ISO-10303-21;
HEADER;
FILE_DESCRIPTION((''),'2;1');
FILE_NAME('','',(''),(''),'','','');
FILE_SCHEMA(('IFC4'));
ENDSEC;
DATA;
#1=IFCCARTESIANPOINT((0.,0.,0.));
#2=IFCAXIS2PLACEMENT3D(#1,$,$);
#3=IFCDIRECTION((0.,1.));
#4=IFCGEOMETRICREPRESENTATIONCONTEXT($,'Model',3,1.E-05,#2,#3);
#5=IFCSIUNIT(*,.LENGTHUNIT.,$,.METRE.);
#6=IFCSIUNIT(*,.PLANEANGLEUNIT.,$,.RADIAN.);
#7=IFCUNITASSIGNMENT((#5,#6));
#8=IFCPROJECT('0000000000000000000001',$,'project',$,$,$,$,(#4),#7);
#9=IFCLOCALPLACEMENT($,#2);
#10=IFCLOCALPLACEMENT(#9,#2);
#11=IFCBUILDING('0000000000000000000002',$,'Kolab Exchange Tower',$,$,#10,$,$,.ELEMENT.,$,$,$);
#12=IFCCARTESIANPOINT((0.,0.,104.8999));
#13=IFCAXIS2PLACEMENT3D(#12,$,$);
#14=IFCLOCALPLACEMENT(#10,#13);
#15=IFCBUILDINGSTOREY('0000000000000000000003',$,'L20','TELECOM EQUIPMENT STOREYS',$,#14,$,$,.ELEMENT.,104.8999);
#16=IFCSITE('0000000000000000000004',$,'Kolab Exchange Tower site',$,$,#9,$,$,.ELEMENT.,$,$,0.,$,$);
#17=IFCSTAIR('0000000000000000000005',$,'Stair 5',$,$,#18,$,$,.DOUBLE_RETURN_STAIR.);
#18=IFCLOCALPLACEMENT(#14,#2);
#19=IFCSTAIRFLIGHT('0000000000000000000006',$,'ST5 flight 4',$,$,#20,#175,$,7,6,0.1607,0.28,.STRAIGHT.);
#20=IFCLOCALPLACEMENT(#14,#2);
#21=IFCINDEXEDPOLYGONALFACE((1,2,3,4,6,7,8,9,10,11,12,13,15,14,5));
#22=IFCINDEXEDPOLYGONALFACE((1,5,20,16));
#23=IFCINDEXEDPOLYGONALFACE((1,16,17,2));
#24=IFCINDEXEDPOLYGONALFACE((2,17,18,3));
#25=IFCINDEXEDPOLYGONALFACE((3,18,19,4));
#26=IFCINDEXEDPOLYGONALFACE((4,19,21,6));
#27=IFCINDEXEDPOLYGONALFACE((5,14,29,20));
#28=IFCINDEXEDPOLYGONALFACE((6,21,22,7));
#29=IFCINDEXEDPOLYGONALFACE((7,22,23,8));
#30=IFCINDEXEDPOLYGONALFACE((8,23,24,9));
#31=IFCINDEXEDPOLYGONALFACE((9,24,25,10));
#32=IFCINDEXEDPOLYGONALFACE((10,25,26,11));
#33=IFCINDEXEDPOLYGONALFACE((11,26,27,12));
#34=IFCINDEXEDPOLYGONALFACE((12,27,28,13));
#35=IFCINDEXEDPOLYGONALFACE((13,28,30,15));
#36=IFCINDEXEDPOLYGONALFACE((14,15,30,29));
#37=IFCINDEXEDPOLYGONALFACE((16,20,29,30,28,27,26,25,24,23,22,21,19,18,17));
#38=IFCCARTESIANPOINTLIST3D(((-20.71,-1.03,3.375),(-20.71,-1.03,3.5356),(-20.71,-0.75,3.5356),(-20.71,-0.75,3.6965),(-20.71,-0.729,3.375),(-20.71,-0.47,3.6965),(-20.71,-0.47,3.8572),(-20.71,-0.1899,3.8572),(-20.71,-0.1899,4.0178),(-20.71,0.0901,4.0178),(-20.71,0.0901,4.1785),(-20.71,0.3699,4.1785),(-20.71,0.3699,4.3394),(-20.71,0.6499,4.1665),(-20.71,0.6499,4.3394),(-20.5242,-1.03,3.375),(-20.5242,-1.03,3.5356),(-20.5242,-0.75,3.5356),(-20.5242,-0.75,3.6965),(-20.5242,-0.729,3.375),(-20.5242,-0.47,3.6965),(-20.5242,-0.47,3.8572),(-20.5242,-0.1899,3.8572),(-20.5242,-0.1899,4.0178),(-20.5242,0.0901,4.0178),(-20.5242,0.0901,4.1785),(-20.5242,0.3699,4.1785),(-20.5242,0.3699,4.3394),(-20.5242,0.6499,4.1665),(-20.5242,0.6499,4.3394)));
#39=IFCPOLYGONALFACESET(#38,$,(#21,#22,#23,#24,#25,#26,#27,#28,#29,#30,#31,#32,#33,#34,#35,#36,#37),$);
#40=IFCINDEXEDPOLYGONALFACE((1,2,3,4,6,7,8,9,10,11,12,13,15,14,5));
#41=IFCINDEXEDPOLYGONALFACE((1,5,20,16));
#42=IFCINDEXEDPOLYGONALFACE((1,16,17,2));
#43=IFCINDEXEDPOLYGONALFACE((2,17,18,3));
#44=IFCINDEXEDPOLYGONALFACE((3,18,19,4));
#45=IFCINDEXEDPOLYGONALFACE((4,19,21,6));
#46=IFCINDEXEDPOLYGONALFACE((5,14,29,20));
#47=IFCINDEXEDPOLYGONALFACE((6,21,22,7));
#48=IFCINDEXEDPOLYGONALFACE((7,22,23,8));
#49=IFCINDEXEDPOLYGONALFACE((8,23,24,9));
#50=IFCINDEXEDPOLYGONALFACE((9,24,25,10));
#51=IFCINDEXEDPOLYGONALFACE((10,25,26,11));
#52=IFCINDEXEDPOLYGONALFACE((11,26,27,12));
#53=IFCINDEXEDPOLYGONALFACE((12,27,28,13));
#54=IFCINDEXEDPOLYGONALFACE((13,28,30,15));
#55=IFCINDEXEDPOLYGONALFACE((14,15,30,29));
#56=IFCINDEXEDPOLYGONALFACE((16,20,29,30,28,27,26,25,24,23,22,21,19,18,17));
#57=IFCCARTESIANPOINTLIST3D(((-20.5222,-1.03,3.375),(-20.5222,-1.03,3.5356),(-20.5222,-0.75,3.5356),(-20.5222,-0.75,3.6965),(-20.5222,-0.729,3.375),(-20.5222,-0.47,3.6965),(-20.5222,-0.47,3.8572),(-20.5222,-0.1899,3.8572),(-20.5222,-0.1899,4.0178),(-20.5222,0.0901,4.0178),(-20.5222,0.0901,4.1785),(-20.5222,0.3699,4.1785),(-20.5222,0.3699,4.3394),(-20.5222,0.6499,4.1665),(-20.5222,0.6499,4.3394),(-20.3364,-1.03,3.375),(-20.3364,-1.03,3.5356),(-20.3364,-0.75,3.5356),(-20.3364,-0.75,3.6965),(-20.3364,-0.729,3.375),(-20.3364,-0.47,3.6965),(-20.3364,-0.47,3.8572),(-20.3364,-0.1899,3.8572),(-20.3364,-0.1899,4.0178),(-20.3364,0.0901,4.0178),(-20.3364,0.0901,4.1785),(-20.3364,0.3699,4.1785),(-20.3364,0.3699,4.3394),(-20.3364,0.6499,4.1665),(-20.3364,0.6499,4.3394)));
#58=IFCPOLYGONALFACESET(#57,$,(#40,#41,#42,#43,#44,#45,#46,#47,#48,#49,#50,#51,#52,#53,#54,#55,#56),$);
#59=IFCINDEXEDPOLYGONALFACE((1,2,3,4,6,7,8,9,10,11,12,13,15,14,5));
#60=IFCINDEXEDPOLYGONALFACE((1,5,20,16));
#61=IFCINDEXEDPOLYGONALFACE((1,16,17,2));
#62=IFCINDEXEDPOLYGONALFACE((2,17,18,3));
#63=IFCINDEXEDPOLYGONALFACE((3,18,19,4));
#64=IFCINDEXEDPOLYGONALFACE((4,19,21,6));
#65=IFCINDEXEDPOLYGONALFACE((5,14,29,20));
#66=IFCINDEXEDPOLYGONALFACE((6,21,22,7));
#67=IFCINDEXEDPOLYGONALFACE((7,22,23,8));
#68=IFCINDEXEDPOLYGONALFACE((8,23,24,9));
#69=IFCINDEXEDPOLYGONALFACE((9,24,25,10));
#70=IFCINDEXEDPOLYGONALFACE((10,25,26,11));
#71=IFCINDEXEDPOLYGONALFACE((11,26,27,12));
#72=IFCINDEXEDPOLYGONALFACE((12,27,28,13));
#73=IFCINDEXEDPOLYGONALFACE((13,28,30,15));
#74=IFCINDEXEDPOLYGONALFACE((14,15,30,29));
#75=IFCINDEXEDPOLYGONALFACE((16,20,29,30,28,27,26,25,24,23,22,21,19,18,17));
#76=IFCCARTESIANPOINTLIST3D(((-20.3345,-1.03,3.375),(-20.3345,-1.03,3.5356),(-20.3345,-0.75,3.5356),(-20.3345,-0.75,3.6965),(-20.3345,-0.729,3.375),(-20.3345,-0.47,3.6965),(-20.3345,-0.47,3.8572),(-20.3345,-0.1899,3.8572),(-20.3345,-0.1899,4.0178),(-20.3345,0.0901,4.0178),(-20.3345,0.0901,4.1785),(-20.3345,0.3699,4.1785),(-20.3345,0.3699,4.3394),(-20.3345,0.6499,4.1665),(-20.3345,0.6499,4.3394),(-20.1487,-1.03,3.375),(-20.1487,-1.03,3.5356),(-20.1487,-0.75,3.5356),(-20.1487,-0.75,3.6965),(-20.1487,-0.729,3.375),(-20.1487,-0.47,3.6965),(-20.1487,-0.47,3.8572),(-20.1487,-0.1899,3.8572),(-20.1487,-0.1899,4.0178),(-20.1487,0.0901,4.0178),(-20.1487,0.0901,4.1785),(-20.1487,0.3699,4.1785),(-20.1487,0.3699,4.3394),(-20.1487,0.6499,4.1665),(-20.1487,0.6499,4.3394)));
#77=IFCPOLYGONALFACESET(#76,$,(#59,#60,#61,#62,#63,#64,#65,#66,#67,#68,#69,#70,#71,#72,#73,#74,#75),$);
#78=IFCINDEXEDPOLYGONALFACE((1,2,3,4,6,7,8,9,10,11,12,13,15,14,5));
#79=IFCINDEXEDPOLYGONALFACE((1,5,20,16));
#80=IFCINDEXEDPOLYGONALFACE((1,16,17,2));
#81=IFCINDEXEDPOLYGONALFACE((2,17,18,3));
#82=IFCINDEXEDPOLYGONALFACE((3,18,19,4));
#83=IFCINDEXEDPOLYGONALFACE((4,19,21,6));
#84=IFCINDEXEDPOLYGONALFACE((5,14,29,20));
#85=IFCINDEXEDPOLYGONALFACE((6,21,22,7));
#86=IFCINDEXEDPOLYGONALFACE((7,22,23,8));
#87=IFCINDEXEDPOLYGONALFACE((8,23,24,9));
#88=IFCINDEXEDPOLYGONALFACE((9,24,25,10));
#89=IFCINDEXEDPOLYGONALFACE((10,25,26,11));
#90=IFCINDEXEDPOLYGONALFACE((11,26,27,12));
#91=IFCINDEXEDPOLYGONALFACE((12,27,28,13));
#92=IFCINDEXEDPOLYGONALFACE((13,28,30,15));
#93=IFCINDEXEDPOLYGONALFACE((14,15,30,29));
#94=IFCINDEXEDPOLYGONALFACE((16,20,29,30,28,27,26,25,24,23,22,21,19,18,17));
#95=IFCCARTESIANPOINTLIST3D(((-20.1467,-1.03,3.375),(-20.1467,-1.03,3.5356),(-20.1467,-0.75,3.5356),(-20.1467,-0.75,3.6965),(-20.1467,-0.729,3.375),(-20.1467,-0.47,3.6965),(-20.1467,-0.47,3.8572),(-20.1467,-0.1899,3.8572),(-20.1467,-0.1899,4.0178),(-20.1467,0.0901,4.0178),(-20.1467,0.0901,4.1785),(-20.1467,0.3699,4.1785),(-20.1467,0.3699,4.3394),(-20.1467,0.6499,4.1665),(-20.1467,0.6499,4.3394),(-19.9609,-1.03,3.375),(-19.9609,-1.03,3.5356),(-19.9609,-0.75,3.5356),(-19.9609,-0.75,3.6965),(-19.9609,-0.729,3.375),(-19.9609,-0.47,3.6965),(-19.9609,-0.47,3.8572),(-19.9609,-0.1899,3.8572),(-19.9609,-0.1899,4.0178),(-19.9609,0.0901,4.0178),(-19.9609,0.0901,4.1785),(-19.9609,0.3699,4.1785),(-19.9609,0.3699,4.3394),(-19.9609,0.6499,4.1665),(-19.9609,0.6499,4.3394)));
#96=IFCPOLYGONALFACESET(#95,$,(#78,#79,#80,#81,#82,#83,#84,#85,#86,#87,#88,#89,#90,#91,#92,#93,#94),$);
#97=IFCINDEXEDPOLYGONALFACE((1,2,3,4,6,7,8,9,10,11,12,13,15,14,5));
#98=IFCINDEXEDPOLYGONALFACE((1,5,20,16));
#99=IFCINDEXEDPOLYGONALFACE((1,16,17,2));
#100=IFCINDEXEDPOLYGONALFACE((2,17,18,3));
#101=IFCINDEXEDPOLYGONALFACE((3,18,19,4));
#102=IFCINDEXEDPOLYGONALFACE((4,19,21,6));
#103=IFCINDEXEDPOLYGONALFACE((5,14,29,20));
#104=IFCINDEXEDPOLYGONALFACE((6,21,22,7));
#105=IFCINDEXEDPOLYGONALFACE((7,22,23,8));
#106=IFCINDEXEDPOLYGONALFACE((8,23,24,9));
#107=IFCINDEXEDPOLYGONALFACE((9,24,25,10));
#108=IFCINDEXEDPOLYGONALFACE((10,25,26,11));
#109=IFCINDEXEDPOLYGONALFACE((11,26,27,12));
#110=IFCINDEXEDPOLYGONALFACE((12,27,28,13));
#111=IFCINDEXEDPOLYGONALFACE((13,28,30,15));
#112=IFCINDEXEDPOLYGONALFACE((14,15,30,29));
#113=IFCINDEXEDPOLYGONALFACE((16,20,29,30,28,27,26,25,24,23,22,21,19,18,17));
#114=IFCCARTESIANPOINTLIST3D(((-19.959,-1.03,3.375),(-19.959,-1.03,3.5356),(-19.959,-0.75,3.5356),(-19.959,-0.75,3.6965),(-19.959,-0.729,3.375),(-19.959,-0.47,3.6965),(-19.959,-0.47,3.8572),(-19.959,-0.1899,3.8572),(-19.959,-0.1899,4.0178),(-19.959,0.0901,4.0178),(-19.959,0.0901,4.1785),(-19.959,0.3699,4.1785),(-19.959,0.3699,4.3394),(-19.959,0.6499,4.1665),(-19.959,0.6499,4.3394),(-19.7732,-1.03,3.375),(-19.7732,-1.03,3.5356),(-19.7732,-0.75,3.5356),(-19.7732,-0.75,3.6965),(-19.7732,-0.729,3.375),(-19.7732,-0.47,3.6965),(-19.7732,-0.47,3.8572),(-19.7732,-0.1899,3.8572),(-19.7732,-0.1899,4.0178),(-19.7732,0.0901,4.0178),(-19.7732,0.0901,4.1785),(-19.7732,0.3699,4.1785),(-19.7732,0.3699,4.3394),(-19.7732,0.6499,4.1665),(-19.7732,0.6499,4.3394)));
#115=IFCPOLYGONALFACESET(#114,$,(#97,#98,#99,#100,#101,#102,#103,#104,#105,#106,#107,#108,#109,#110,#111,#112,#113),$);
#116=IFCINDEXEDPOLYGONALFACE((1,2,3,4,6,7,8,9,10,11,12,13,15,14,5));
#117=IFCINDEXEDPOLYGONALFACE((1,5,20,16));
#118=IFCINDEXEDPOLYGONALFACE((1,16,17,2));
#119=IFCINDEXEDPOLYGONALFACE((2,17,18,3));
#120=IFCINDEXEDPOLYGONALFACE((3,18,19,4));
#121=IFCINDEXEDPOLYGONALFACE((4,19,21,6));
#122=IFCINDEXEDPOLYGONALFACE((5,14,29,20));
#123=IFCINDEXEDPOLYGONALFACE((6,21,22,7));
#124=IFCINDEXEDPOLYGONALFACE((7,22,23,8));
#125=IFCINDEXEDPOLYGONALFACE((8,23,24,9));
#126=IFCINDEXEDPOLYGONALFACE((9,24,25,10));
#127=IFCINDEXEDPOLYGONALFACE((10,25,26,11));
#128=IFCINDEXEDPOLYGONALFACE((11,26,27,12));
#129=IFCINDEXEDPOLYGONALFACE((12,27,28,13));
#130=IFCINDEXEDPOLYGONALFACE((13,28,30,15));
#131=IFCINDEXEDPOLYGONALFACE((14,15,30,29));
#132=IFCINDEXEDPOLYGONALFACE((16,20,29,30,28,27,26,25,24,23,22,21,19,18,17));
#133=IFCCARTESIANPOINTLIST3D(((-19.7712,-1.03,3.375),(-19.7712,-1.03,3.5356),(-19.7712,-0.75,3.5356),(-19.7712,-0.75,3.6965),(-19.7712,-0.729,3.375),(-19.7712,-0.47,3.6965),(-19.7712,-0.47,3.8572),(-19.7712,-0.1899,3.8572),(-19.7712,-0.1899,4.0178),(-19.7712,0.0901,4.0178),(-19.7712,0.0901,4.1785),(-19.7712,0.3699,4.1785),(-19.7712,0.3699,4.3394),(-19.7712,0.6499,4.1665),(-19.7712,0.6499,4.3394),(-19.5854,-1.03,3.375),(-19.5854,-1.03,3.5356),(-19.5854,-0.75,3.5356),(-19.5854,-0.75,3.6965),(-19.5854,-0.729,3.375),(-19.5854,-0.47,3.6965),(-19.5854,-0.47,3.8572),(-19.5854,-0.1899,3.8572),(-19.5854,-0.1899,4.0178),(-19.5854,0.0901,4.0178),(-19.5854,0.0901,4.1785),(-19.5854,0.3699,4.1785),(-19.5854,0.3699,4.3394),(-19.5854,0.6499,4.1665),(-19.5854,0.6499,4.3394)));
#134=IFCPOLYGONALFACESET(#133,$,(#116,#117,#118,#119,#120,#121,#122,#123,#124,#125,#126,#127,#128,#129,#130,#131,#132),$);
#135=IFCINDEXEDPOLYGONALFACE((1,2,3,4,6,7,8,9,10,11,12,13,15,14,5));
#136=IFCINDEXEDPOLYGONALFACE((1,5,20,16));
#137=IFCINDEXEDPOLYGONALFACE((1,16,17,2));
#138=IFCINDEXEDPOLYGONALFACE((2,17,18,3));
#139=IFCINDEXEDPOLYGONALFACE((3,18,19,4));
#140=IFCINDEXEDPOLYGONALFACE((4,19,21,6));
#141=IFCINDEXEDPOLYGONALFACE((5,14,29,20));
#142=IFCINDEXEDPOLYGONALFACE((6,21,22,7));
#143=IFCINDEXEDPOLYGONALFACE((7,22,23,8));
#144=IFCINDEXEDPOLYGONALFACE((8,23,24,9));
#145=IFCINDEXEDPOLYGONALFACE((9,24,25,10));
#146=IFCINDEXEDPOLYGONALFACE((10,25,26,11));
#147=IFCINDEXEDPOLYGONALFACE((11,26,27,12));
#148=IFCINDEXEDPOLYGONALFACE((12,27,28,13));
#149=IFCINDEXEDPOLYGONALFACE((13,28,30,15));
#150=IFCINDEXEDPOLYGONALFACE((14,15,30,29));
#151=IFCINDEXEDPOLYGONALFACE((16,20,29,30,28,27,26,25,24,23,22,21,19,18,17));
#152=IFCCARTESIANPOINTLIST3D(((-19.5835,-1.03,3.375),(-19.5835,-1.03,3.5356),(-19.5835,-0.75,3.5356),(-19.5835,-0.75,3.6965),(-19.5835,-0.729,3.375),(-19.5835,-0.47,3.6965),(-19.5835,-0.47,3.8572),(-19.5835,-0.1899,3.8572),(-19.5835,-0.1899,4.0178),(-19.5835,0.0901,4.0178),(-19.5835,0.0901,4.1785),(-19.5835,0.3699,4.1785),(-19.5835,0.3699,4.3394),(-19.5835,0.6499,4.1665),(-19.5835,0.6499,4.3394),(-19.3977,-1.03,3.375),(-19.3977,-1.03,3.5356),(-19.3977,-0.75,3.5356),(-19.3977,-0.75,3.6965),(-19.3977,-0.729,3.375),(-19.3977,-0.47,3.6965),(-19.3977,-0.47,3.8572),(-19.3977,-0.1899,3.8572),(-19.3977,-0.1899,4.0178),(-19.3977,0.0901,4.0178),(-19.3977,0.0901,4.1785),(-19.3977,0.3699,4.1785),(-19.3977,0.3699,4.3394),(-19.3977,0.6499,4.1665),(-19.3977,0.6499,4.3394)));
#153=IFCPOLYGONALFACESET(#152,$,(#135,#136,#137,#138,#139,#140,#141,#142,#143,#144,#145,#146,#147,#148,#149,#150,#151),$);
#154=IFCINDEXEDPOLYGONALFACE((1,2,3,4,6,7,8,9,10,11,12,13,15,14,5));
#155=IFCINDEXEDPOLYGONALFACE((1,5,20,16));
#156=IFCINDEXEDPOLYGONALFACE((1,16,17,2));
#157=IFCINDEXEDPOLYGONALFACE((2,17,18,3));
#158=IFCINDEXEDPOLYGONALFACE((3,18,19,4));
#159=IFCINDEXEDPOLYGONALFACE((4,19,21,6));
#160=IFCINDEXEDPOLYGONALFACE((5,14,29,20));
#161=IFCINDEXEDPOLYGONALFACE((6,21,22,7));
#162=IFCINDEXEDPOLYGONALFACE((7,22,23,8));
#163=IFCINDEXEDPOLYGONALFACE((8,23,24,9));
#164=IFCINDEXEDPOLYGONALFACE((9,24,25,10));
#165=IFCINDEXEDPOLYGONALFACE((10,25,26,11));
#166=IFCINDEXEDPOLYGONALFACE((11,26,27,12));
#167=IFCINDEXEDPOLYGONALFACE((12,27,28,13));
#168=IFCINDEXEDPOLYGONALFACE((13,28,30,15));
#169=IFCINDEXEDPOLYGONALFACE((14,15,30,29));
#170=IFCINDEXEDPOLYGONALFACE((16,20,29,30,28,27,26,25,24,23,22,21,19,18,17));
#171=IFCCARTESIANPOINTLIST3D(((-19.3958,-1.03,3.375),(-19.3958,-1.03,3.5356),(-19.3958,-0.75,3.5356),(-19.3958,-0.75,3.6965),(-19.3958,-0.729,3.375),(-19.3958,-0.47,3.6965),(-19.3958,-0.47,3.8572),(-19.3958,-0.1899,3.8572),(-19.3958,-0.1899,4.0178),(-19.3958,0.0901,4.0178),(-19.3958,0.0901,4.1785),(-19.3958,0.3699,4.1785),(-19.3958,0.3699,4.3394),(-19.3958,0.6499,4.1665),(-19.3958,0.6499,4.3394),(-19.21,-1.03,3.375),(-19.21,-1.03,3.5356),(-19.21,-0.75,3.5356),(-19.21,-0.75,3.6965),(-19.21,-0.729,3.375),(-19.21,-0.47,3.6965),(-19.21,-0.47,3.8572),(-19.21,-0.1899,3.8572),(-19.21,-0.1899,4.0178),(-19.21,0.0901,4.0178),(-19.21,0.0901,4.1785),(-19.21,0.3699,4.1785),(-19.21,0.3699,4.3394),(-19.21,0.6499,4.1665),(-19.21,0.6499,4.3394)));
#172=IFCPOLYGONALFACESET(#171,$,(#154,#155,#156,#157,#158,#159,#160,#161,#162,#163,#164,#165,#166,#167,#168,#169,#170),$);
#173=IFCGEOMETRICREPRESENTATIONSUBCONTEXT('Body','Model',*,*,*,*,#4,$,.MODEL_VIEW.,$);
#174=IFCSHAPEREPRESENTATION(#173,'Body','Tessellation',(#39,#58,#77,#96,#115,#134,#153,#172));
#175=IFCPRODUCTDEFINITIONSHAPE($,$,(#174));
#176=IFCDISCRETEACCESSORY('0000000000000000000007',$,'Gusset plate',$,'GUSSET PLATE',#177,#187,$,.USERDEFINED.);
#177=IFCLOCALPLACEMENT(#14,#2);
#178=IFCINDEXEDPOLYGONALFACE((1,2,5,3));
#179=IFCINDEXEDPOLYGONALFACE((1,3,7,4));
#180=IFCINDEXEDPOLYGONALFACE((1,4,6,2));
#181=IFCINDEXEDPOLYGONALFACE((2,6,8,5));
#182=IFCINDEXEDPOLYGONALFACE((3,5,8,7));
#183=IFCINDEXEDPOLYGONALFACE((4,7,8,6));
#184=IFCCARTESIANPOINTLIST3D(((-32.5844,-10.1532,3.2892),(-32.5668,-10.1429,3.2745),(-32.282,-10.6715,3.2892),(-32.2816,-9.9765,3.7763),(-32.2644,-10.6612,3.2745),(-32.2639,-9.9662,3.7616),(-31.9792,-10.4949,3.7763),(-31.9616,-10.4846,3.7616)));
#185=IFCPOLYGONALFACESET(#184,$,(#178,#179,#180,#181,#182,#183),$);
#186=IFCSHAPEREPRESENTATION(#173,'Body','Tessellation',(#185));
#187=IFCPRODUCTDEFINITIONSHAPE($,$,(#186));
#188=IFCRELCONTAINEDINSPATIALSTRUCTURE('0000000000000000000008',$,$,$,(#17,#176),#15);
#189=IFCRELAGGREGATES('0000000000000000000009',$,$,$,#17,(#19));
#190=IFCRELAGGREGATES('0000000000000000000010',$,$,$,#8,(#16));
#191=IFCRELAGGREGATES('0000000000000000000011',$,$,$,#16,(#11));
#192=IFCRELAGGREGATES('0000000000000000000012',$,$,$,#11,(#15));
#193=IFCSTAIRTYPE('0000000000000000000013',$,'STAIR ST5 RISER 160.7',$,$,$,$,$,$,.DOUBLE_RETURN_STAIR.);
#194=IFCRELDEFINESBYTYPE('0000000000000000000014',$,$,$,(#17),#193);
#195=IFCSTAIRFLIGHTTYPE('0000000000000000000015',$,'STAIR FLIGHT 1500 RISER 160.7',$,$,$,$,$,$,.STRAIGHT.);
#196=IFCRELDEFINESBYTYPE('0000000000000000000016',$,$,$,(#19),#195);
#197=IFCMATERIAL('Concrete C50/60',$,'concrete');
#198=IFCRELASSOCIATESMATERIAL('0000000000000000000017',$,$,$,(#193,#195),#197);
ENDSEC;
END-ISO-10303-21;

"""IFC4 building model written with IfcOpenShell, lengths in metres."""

from ifc_helpers import new_model, si_unit, direction, frame, origin, origin_2d, place, context, subcontext, project, spatial, polyline, rectangle, outline, extrude, material, type_object, element, aggregate, save


model = new_model("IFC4")

# Units and contexts
model_context = context("Model", 3, precision=1e-05, world=origin(), true_north=direction((0.0, 1.0)))
body_context = subcontext(model_context, "Body", "Model", "MODEL_VIEW")
ifc_project = project(units=[si_unit("LENGTHUNIT", "METRE"), si_unit("PLANEANGLEUNIT", "RADIAN")], contexts=[model_context])

# Site, building, storey
site_placement = place(None, origin())
site = spatial("IfcSite", under=ifc_project, at=site_placement, Name="Kolab Exchange Tower site", CompositionType="ELEMENT", RefElevation=0.0)
building_placement = place(site_placement, origin())
building = spatial("IfcBuilding", under=site, at=building_placement, Name="Kolab Exchange Tower", CompositionType="ELEMENT")
storey_placement = place(building_placement, frame((0.0, 0.0, 104.8999)))
storey = spatial("IfcBuildingStorey", under=building, at=storey_placement, Name="L20", Description="TELECOM EQUIPMENT STOREYS", CompositionType="ELEMENT", Elevation=104.8999)

# Shared definitions
ifc_material_1 = material(Name="Concrete C50/60", Category="concrete")

# Stair, stair flight
stair_type = type_object("IfcStairType", Name="STAIR ST5 RISER 160.7", PredefinedType="DOUBLE_RETURN_STAIR", material=ifc_material_1)
stair_placement = place(storey_placement, origin())
stair = element("IfcStair", 1, at=stair_placement, inside=storey, type_object=stair_type, Name="Stair 5", PredefinedType="DOUBLE_RETURN_STAIR")
stair_flight_type = type_object("IfcStairFlightType", Name="STAIR FLIGHT 1500 RISER 160.7", PredefinedType="STRAIGHT", material=ifc_material_1)
stair_flight_1_placement = place(storey_placement, frame((-19.96, -1.03, 3.375), z_axis=(0.0, 0.0, 1.0), x_axis=(0.0, 1.0, 0.0)))
stair_flight_1 = element("IfcStairFlight", 2, at=stair_flight_1_placement, type_object=stair_flight_type, Name="ST5 flight 4", NumberOfRisers=7, NumberOfTreads=6, PredefinedType="STRAIGHT", RiserHeight=0.1607, TreadLength=0.28, context=body_context, shape_type="SweptSolid", body=[
    extrude(outline(polyline([(0.0, 0.0), (0.0, 0.1606), (0.28, 0.1606), (0.28, 0.3215), (0.5601, 0.3215), (0.5601, 0.4822), (0.8401, 0.4822), (0.8401, 0.6428), (1.1201, 0.6428), (1.1201, 0.8035), (1.3999, 0.8035), (1.3999, 0.9644), (1.6799, 0.9644), (1.6799, 1.125), (1.6799, 0.7915), (0.301, 0.0), (0.0, 0.0)])), frame((0.0, 0.75, 0.0), z_axis=(0.0, -1.0, 0.0), x_axis=(1.0, 0.0, 0.0)), (0.0, 0.0, 1.0), 0.1858),
    extrude(outline(polyline([(0.0, 0.0), (0.0, 0.1606), (0.28, 0.1606), (0.28, 0.3215), (0.5601, 0.3215), (0.5601, 0.4822), (0.8401, 0.4822), (0.8401, 0.6428), (1.1201, 0.6428), (1.1201, 0.8035), (1.3999, 0.8035), (1.3999, 0.9644), (1.6799, 0.9644), (1.6799, 1.125), (1.6799, 0.7915), (0.301, 0.0), (0.0, 0.0)])), frame((0.0, 0.5623, 0.0), z_axis=(0.0, -1.0, 0.0), x_axis=(1.0, 0.0, 0.0)), (0.0, 0.0, 1.0), 0.1858),
    extrude(outline(polyline([(0.0, 0.0), (0.0, 0.1606), (0.28, 0.1606), (0.28, 0.3215), (0.5601, 0.3215), (0.5601, 0.4822), (0.8401, 0.4822), (0.8401, 0.6428), (1.1201, 0.6428), (1.1201, 0.8035), (1.3999, 0.8035), (1.3999, 0.9644), (1.6799, 0.9644), (1.6799, 1.125), (1.6799, 0.7915), (0.301, 0.0), (0.0, 0.0)])), frame((0.0, 0.3745, 0.0), z_axis=(0.0, -1.0, 0.0), x_axis=(1.0, 0.0, 0.0)), (0.0, 0.0, 1.0), 0.1858),
    extrude(outline(polyline([(0.0, 0.0), (0.0, 0.1606), (0.28, 0.1606), (0.28, 0.3215), (0.5601, 0.3215), (0.5601, 0.4822), (0.8401, 0.4822), (0.8401, 0.6428), (1.1201, 0.6428), (1.1201, 0.8035), (1.3999, 0.8035), (1.3999, 0.9644), (1.6799, 0.9644), (1.6799, 1.125), (1.6799, 0.7915), (0.301, 0.0), (0.0, 0.0)])), frame((0.0, 0.1868, 0.0), z_axis=(0.0, -1.0, 0.0), x_axis=(1.0, 0.0, 0.0)), (0.0, 0.0, 1.0), 0.1858),
    extrude(outline(polyline([(0.0, 0.0), (0.0, 0.1606), (0.28, 0.1606), (0.28, 0.3215), (0.5601, 0.3215), (0.5601, 0.4822), (0.8401, 0.4822), (0.8401, 0.6428), (1.1201, 0.6428), (1.1201, 0.8035), (1.3999, 0.8035), (1.3999, 0.9644), (1.6799, 0.9644), (1.6799, 1.125), (1.6799, 0.7915), (0.301, 0.0), (0.0, 0.0)])), frame((0.0, -0.001, 0.0), z_axis=(0.0, -1.0, 0.0), x_axis=(1.0, 0.0, 0.0)), (0.0, 0.0, 1.0), 0.1858),
    extrude(outline(polyline([(0.0, 0.0), (0.0, 0.1606), (0.28, 0.1606), (0.28, 0.3215), (0.5601, 0.3215), (0.5601, 0.4822), (0.8401, 0.4822), (0.8401, 0.6428), (1.1201, 0.6428), (1.1201, 0.8035), (1.3999, 0.8035), (1.3999, 0.9644), (1.6799, 0.9644), (1.6799, 1.125), (1.6799, 0.7915), (0.301, 0.0), (0.0, 0.0)])), frame((0.0, -0.1887, 0.0), z_axis=(0.0, -1.0, 0.0), x_axis=(1.0, 0.0, 0.0)), (0.0, 0.0, 1.0), 0.1858),
    extrude(outline(polyline([(0.0, 0.0), (0.0, 0.1606), (0.28, 0.1606), (0.28, 0.3215), (0.5601, 0.3215), (0.5601, 0.4822), (0.8401, 0.4822), (0.8401, 0.6428), (1.1201, 0.6428), (1.1201, 0.8035), (1.3999, 0.8035), (1.3999, 0.9644), (1.6799, 0.9644), (1.6799, 1.125), (1.6799, 0.7915), (0.301, 0.0), (0.0, 0.0)])), frame((0.0, -0.3765, 0.0), z_axis=(0.0, -1.0, 0.0), x_axis=(1.0, 0.0, 0.0)), (0.0, 0.0, 1.0), 0.1858),
    extrude(outline(polyline([(0.0, 0.0), (0.0, 0.1606), (0.28, 0.1606), (0.28, 0.3215), (0.5601, 0.3215), (0.5601, 0.4822), (0.8401, 0.4822), (0.8401, 0.6428), (1.1201, 0.6428), (1.1201, 0.8035), (1.3999, 0.8035), (1.3999, 0.9644), (1.6799, 0.9644), (1.6799, 1.125), (1.6799, 0.7915), (0.301, 0.0), (0.0, 0.0)])), frame((0.0, -0.5642, 0.0), z_axis=(0.0, -1.0, 0.0), x_axis=(1.0, 0.0, 0.0)), (0.0, 0.0, 1.0), 0.1858),
])
aggregate(stair, [stair_flight_1])

# Discrete accessory
discrete_accessory_placement = place(storey_placement, frame((-32.2642, -10.3137, 3.5181), z_axis=(-0.701047, -0.408944, 0.584206), x_axis=(0.503871, -0.863779, 0.0)))
element("IfcDiscreteAccessory", 3, at=discrete_accessory_placement, inside=storey, Name="Gusset plate", ObjectType="GUSSET PLATE", PredefinedType="USERDEFINED", context=body_context, shape_type="SweptSolid", body=[
    extrude(rectangle(XDim=0.6001, YDim=0.6001, at=origin_2d()), origin(), (0.0, 0.0, 1.0), 0.0251),
])

save(model, "model.ifc")
